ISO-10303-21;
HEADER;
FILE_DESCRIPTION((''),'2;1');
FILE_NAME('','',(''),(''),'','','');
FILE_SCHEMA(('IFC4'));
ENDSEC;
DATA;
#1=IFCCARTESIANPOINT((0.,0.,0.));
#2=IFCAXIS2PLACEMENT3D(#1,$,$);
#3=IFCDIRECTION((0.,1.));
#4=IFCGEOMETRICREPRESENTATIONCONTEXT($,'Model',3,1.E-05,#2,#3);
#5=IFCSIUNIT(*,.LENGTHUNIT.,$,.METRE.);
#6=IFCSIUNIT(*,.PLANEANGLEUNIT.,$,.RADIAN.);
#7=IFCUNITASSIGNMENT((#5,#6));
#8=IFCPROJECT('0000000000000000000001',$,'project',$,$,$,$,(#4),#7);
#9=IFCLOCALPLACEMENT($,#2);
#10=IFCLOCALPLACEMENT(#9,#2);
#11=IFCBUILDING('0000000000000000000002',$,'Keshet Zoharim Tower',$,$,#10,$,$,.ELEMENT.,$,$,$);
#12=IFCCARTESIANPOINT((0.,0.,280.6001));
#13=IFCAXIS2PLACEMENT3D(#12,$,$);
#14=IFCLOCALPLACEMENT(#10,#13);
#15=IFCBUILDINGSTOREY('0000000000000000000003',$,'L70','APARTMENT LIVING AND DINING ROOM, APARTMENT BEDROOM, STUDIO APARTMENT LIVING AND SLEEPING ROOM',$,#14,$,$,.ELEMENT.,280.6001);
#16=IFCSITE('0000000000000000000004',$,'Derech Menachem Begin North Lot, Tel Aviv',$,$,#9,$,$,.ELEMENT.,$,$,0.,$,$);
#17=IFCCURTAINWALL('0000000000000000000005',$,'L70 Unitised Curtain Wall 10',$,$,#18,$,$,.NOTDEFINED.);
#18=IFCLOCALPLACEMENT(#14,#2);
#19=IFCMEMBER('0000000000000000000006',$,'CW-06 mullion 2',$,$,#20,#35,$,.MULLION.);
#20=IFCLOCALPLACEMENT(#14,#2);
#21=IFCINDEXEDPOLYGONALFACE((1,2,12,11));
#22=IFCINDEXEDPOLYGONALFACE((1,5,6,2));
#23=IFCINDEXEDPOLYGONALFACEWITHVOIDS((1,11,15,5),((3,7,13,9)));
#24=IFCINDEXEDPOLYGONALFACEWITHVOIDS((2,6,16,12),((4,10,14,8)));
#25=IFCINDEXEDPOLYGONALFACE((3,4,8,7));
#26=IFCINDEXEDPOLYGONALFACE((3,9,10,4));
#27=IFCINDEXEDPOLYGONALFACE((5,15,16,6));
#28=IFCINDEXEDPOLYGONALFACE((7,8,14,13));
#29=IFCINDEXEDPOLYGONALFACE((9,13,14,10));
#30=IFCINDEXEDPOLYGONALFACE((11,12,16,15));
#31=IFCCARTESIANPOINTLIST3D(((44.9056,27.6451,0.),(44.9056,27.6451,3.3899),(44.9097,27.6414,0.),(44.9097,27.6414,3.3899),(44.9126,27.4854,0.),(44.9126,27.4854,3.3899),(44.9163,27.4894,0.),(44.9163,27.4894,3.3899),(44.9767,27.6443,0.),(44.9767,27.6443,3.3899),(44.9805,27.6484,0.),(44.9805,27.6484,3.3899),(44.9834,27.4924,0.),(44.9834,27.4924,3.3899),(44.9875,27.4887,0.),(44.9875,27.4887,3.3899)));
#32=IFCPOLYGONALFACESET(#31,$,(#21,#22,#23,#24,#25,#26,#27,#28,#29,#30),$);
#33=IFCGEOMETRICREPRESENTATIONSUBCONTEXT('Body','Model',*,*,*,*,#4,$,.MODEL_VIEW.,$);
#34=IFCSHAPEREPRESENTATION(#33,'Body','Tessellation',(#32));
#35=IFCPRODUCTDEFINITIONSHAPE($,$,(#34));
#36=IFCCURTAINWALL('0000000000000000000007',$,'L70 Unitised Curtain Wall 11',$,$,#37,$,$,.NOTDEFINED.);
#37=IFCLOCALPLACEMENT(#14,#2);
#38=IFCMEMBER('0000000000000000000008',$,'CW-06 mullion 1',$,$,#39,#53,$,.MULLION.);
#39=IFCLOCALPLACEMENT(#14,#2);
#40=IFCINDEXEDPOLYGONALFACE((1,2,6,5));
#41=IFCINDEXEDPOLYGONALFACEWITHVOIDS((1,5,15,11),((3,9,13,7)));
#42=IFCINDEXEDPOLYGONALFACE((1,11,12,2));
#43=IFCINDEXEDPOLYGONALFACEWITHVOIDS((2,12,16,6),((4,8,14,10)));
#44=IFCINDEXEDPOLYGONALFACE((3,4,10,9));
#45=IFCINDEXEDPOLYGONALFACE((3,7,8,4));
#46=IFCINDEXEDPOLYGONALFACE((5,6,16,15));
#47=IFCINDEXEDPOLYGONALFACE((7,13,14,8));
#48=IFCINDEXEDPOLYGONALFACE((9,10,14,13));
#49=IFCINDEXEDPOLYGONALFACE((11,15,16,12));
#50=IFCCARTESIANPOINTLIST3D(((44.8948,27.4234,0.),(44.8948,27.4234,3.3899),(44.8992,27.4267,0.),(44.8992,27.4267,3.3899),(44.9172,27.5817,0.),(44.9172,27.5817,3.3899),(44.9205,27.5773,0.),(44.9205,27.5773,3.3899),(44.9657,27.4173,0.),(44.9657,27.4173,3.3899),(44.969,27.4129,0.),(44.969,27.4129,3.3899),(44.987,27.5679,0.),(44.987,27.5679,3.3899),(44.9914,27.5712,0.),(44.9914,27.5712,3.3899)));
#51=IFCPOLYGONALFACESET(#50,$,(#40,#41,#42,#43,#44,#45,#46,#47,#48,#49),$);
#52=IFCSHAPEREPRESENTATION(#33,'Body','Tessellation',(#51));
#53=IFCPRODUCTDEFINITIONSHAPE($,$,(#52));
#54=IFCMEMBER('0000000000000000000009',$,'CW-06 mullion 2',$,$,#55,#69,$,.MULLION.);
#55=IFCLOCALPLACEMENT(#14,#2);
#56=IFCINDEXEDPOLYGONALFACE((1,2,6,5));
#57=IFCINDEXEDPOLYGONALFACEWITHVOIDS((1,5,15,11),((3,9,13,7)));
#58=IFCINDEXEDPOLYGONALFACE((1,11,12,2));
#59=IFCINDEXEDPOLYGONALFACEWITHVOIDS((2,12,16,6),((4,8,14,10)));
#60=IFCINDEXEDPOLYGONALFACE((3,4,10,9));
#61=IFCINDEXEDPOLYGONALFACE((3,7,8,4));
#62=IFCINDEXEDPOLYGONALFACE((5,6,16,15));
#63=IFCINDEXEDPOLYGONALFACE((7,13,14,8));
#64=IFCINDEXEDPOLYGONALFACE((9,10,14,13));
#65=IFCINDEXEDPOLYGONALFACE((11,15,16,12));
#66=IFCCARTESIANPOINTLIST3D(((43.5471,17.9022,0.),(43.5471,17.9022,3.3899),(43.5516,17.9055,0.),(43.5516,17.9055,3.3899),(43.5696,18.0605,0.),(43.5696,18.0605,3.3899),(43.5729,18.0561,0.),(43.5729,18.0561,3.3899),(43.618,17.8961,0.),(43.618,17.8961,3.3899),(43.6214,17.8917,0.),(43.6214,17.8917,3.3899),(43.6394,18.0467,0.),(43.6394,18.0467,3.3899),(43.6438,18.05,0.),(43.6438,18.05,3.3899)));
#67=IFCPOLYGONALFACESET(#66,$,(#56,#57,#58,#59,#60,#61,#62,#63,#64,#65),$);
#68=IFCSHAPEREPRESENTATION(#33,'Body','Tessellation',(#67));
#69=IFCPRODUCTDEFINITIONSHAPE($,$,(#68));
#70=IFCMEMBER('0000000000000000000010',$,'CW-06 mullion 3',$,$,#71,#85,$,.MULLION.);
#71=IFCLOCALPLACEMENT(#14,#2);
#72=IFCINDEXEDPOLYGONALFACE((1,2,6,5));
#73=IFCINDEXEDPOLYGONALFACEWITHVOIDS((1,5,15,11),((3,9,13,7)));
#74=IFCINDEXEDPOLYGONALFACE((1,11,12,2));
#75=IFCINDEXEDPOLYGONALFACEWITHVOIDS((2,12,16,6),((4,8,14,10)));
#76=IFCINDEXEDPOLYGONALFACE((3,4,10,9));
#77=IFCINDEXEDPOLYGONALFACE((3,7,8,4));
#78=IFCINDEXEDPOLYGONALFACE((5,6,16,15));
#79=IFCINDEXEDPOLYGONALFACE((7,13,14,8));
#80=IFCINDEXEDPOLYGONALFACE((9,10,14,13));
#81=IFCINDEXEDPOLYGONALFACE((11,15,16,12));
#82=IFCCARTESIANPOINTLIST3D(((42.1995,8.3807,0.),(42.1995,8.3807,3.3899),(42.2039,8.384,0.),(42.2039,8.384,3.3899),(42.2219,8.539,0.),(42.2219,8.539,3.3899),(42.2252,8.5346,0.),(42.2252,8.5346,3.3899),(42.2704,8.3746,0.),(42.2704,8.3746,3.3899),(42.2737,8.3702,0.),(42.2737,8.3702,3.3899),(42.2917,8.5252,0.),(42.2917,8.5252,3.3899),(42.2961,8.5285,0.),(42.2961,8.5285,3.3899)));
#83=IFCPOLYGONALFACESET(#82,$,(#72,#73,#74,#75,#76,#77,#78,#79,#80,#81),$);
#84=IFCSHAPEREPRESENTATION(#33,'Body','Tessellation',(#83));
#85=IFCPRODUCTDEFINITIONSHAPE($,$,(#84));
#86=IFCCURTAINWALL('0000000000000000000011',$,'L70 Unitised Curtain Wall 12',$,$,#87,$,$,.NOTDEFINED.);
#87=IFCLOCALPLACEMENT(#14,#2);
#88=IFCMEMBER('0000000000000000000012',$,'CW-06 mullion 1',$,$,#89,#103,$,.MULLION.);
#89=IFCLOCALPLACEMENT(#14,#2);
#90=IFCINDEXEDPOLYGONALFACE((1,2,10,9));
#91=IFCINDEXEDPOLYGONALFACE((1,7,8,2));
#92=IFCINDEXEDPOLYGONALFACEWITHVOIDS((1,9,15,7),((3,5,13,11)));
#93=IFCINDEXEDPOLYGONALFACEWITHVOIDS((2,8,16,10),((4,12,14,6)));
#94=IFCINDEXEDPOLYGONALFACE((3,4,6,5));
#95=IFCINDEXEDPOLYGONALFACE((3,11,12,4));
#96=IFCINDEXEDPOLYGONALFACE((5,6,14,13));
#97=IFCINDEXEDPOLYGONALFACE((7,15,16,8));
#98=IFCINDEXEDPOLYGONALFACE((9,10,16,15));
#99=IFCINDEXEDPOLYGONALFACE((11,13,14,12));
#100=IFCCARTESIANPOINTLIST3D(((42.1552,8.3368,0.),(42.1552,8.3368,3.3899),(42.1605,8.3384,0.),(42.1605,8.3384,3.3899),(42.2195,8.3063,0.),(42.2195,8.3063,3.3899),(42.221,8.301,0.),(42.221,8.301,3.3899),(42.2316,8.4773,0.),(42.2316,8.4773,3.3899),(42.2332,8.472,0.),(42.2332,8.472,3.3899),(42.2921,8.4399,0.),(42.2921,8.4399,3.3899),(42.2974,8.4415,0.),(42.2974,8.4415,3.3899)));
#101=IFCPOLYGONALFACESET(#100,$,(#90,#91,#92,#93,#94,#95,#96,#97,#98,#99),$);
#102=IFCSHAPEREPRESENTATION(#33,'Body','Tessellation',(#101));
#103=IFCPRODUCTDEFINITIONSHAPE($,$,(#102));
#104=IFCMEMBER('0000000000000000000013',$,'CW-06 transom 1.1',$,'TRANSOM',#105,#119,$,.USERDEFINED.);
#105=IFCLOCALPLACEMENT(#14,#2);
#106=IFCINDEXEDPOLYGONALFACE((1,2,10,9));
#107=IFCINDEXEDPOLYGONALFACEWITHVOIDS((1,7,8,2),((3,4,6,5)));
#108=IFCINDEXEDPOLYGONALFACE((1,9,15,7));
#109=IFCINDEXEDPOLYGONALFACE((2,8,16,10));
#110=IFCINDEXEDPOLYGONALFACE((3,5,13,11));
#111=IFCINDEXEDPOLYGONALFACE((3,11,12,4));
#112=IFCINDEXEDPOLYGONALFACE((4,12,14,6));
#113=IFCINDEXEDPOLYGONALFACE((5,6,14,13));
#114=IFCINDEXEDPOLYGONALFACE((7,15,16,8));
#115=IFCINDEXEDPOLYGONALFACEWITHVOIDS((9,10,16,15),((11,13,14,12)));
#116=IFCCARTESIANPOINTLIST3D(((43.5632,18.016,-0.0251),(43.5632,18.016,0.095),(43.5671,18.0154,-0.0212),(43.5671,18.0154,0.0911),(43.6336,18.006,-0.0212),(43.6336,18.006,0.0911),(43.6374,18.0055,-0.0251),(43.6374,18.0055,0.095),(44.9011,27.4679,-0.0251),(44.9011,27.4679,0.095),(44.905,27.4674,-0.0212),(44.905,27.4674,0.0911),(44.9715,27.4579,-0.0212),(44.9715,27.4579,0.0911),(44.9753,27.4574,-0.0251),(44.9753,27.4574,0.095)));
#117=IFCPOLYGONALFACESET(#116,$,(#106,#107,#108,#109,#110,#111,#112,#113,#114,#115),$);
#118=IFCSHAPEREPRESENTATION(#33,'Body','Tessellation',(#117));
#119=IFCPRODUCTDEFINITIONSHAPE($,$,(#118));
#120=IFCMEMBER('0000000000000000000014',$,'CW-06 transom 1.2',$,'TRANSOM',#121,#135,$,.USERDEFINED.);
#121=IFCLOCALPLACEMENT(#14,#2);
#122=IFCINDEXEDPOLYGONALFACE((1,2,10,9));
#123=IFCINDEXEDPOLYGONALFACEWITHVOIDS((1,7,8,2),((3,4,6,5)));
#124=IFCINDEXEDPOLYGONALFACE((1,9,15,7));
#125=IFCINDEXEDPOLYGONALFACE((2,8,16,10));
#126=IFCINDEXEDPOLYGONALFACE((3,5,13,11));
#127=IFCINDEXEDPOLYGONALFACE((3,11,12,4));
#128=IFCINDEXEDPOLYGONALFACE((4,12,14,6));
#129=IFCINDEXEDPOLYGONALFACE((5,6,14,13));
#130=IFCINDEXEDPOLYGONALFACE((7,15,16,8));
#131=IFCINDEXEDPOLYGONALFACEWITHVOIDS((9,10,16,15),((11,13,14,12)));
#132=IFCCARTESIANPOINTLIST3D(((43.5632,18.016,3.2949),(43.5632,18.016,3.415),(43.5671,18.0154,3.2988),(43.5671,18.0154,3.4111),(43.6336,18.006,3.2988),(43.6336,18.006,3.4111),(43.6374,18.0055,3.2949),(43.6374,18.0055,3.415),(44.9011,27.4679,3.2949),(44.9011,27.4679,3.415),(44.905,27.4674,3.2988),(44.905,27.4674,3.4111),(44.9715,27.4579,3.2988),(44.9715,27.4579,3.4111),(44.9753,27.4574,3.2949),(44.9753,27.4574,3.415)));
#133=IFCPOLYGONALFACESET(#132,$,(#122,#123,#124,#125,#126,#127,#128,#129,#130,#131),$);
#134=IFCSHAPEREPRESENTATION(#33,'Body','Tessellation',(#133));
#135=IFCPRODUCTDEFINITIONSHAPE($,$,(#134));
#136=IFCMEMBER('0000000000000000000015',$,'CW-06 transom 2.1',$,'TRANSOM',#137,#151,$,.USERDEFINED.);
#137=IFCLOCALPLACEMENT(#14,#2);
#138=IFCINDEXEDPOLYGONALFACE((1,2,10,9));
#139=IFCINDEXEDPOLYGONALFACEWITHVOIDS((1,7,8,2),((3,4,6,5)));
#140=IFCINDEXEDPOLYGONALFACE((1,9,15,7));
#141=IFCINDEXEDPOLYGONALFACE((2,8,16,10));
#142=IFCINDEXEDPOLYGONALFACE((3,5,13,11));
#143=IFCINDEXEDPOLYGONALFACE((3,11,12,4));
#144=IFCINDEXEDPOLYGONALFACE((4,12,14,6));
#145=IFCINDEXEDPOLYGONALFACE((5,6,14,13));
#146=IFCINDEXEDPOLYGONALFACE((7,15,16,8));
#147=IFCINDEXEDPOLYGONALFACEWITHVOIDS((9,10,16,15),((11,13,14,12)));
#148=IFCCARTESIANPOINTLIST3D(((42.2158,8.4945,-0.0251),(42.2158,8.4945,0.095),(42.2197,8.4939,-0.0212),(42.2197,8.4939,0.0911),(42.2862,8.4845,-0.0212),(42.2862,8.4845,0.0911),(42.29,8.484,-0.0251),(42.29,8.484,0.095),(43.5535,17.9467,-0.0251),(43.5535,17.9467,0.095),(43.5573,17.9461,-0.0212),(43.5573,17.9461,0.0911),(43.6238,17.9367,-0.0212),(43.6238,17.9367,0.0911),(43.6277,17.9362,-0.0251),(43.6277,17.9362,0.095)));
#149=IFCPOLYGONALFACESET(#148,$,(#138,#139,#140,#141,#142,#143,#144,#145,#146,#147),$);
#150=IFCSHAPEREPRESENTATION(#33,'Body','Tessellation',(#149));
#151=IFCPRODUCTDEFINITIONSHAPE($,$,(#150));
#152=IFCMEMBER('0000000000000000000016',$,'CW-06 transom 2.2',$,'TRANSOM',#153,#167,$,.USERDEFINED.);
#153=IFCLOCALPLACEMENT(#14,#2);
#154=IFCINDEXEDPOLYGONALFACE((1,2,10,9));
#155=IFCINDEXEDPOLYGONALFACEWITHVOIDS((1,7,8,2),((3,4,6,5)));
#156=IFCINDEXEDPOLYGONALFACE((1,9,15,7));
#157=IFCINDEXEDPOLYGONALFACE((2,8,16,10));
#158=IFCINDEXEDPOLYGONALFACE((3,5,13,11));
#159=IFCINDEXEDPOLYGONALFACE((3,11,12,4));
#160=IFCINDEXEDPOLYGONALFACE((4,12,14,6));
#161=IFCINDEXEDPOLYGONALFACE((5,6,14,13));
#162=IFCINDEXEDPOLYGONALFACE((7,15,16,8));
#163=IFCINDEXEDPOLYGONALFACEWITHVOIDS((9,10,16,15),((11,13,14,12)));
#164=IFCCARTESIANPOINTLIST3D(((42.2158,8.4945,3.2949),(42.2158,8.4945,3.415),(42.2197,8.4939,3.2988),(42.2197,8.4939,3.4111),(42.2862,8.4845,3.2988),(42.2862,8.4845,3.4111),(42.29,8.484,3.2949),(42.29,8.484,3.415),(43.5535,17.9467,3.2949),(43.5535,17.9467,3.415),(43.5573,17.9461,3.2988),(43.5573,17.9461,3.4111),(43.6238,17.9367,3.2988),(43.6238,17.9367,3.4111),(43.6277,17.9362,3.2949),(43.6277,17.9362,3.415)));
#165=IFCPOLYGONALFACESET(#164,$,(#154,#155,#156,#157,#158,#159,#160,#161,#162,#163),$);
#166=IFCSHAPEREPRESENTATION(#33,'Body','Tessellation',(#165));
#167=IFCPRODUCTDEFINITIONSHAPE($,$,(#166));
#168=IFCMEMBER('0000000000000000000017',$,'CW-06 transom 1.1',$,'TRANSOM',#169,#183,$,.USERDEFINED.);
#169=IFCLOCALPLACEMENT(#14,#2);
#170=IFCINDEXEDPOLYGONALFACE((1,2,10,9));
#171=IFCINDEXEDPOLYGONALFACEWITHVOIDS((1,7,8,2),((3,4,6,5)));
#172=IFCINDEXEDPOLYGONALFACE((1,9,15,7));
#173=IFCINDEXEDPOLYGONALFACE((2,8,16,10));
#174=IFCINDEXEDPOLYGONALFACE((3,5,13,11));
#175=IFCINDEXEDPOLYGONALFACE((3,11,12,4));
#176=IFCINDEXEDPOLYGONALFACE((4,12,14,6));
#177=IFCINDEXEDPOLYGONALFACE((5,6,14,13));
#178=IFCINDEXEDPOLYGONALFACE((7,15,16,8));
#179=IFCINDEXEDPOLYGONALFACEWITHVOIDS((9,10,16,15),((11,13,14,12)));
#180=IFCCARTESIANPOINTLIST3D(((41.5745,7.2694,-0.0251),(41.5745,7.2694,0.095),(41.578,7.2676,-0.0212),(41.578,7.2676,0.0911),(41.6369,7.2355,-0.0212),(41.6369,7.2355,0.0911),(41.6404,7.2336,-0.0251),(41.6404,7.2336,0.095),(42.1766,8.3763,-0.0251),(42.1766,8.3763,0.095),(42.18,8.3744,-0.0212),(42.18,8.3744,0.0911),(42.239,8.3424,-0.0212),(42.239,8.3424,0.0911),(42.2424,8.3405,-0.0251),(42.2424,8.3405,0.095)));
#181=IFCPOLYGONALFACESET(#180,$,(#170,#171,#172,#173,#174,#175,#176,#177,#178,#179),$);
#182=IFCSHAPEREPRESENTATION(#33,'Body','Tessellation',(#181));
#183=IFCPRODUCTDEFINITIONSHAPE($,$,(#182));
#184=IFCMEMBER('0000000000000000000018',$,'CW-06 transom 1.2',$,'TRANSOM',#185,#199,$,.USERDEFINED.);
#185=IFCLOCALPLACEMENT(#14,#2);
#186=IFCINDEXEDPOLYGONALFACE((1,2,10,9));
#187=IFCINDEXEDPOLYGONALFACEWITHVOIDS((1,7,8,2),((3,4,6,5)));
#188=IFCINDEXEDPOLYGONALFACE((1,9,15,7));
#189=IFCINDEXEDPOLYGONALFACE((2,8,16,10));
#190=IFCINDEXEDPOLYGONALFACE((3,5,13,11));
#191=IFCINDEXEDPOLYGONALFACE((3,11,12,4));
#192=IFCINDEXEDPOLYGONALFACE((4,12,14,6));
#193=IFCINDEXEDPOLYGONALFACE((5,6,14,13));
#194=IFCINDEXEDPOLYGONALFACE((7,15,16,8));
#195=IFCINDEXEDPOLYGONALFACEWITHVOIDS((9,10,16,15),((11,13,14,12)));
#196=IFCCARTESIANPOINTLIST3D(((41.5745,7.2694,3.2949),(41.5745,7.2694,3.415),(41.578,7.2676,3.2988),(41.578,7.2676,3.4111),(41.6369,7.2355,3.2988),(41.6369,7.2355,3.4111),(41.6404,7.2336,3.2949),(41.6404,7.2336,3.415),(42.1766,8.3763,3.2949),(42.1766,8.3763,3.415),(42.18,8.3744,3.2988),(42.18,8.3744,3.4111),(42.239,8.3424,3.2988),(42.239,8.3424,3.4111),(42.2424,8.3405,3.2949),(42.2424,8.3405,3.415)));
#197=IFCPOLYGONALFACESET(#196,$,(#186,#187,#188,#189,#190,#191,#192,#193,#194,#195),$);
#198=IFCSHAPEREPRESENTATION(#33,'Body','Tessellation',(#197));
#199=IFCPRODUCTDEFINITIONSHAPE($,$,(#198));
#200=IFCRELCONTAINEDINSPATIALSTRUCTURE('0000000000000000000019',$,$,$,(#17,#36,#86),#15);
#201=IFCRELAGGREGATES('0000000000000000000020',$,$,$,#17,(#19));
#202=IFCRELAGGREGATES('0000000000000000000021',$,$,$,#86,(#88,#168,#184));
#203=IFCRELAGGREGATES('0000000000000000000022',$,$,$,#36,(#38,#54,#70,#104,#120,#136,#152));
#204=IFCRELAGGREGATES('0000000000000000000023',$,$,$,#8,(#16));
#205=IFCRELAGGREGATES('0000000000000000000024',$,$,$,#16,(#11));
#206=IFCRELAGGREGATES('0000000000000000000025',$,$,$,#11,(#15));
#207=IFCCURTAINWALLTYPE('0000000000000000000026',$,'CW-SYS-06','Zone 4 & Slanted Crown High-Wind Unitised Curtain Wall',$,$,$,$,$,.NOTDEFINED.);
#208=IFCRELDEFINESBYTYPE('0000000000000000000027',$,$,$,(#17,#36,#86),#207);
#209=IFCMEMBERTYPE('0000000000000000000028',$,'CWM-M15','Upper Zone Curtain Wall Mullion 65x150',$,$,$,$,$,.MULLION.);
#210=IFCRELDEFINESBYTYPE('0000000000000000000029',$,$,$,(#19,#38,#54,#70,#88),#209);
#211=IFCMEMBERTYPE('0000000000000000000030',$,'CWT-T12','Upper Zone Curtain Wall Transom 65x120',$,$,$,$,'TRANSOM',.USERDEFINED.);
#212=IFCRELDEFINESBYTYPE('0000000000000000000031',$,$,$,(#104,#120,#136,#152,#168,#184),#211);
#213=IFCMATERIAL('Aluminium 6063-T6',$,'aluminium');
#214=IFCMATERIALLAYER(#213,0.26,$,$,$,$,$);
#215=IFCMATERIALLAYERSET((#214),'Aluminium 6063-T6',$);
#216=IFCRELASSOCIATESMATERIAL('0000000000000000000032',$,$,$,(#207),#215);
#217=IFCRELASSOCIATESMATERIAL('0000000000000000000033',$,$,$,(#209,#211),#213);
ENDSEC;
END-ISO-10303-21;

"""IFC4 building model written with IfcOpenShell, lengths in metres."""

from ifc_helpers import new_model, si_unit, direction, frame, origin, origin_2d, place, context, subcontext, project, spatial, hollow_rectangle, extrude, material, layer, layer_set, material_profile, profile_set, type_object, element, aggregate, save


model = new_model("IFC4")

# Units and contexts
model_context = context("Model", 3, precision=1e-05, world=origin(), true_north=direction((0.0, 1.0)))
body_context = subcontext(model_context, "Body", "Model", "MODEL_VIEW")
ifc_project = project(units=[si_unit("LENGTHUNIT", "METRE"), si_unit("PLANEANGLEUNIT", "RADIAN")], contexts=[model_context])

# Site, building, storey
site_placement = place(None, origin())
site = spatial("IfcSite", under=ifc_project, at=site_placement, Name="Derech Menachem Begin North Lot, Tel Aviv", CompositionType="ELEMENT", RefElevation=0.0)
building_placement = place(site_placement, origin())
building = spatial("IfcBuilding", under=site, at=building_placement, Name="Keshet Zoharim Tower", CompositionType="ELEMENT")
storey_placement = place(building_placement, frame((0.0, 0.0, 280.6001)))
storey = spatial("IfcBuildingStorey", under=building, at=storey_placement, Name="L70", Description="APARTMENT LIVING AND DINING ROOM, APARTMENT BEDROOM, STUDIO APARTMENT LIVING AND SLEEPING ROOM", CompositionType="ELEMENT", Elevation=280.6001)

# Curtain wall, member
ifc_material_1 = material(Name="Aluminium 6063-T6", Category="aluminium")
ifc_layer_1 = layer(ifc_material_1, 0.26)
ifc_layer_set_1 = layer_set([ifc_layer_1], Name="Aluminium 6063-T6")
curtain_wall_type = type_object("IfcCurtainWallType", Name="CW-SYS-06", Description="Zone 4 & Slanted Crown High-Wind Unitised Curtain Wall", PredefinedType="NOTDEFINED", material=ifc_layer_set_1)
curtain_wall_1_placement = place(storey_placement, origin())
curtain_wall_1 = element("IfcCurtainWall", 1, at=curtain_wall_1_placement, inside=storey, type_object=curtain_wall_type, Name="L70 Unitised Curtain Wall 10", PredefinedType="NOTDEFINED")
ifc_material_profile_1 = material_profile(ifc_material_1, hollow_rectangle(XDim=0.075, YDim=0.1599, WallThickness=0.0039, at=origin_2d()), Name="MUL-75x160")
ifc_profile_set_1 = profile_set([ifc_material_profile_1], Name="Aluminium 6063-T6")
member_type_1 = type_object("IfcMemberType", Name="CWM-M15", Description="Upper Zone Curtain Wall Mullion 65x150", PredefinedType="MULLION", material=ifc_profile_set_1)
member_1_placement = place(storey_placement, frame((44.9465, 27.5669, 0.0), z_axis=(0.0, 0.0, 1.0), x_axis=(0.999041, 0.043794, 0.0)))
member_1 = element("IfcMember", 2, at=member_1_placement, type_object=member_type_1, Name="CW-06 mullion 2", PredefinedType="MULLION", context=body_context, shape_type="SweptSolid", body=[
    extrude(hollow_rectangle(XDim=0.075, YDim=0.1599, WallThickness=0.0039, at=origin_2d()), origin(), (0.0, 0.0, 1.0), 3.3899),
])
aggregate(curtain_wall_1, [member_1])

# Curtain wall, members
curtain_wall_2_placement = place(storey_placement, origin())
curtain_wall_2 = element("IfcCurtainWall", 3, at=curtain_wall_2_placement, inside=storey, type_object=curtain_wall_type, Name="L70 Unitised Curtain Wall 11", PredefinedType="NOTDEFINED")
member_2_placement = place(storey_placement, frame((44.9431, 27.4973, 0.0), z_axis=(0.0, 0.0, 1.0), x_axis=(0.990132, -0.140137, 0.0)))
member_2 = element("IfcMember", 4, at=member_2_placement, type_object=member_type_1, Name="CW-06 mullion 1", PredefinedType="MULLION", context=body_context, shape_type="SweptSolid", body=[
    extrude(hollow_rectangle(XDim=0.075, YDim=0.1599, WallThickness=0.0039, at=origin_2d()), origin(), (0.0, 0.0, 1.0), 3.3899),
])
member_3_placement = place(storey_placement, frame((43.5955, 17.9761, 0.0), z_axis=(0.0, 0.0, 1.0), x_axis=(0.990132, -0.140137, 0.0)))
member_3 = element("IfcMember", 5, at=member_3_placement, type_object=member_type_1, Name="CW-06 mullion 2", PredefinedType="MULLION", context=body_context, shape_type="SweptSolid", body=[
    extrude(hollow_rectangle(XDim=0.075, YDim=0.1599, WallThickness=0.0039, at=origin_2d()), origin(), (0.0, 0.0, 1.0), 3.3899),
])
member_4_placement = place(storey_placement, frame((42.2478, 8.4546, 0.0), z_axis=(0.0, 0.0, 1.0), x_axis=(0.990132, -0.140137, 0.0)))
member_4 = element("IfcMember", 6, at=member_4_placement, type_object=member_type_1, Name="CW-06 mullion 3", PredefinedType="MULLION", context=body_context, shape_type="SweptSolid", body=[
    extrude(hollow_rectangle(XDim=0.075, YDim=0.1599, WallThickness=0.0039, at=origin_2d()), origin(), (0.0, 0.0, 1.0), 3.3899),
])

# Curtain wall, member
curtain_wall_3_placement = place(storey_placement, origin())
curtain_wall_3 = element("IfcCurtainWall", 7, at=curtain_wall_3_placement, inside=storey, type_object=curtain_wall_type, Name="L70 Unitised Curtain Wall 12", PredefinedType="NOTDEFINED")
member_5_placement = place(storey_placement, frame((42.2263, 8.3892, 0.0), z_axis=(0.0, 0.0, 1.0), x_axis=(0.878468, -0.477801, 0.0)))
member_5 = element("IfcMember", 8, at=member_5_placement, type_object=member_type_1, Name="CW-06 mullion 1", PredefinedType="MULLION", context=body_context, shape_type="SweptSolid", body=[
    extrude(hollow_rectangle(XDim=0.075, YDim=0.1599, WallThickness=0.0039, at=origin_2d()), origin(), (0.0, 0.0, 1.0), 3.3899),
])

# Members
ifc_material_profile_2 = material_profile(ifc_material_1, hollow_rectangle(XDim=0.075, YDim=0.1201, WallThickness=0.0039, at=origin_2d()), Name="TRN-75x120")
ifc_profile_set_2 = profile_set([ifc_material_profile_2], Name="Aluminium 6063-T6")
member_type_2 = type_object("IfcMemberType", Name="CWT-T12", Description="Upper Zone Curtain Wall Transom 65x120", ElementType="TRANSOM", PredefinedType="USERDEFINED", material=ifc_profile_set_2)
member_6_placement = place(storey_placement, frame((44.9382, 27.4626, 0.0349), z_axis=(-0.14015, -0.99013, 0.0), x_axis=(0.99013, -0.14015, 0.0)))
member_6 = element("IfcMember", 9, at=member_6_placement, type_object=member_type_2, Name="CW-06 transom 1.1", ObjectType="TRANSOM", PredefinedType="USERDEFINED", context=body_context, shape_type="SweptSolid", body=[
    extrude(hollow_rectangle(XDim=0.075, YDim=0.1201, WallThickness=0.0039, at=origin_2d()), origin(), (0.0, 0.0, 1.0), 9.5461),
])
member_7_placement = place(storey_placement, frame((44.9382, 27.4626, 3.355), z_axis=(-0.14015, -0.99013, 0.0), x_axis=(0.99013, -0.14015, 0.0)))
member_7 = element("IfcMember", 10, at=member_7_placement, type_object=member_type_2, Name="CW-06 transom 1.2", ObjectType="TRANSOM", PredefinedType="USERDEFINED", context=body_context, shape_type="SweptSolid", body=[
    extrude(hollow_rectangle(XDim=0.075, YDim=0.1201, WallThickness=0.0039, at=origin_2d()), origin(), (0.0, 0.0, 1.0), 9.5461),
])
member_8_placement = place(storey_placement, frame((43.5906, 17.9414, 0.0349), z_axis=(-0.140122, -0.990134, 0.0), x_axis=(0.990134, -0.140122, 0.0)))
member_8 = element("IfcMember", 11, at=member_8_placement, type_object=member_type_2, Name="CW-06 transom 2.1", ObjectType="TRANSOM", PredefinedType="USERDEFINED", context=body_context, shape_type="SweptSolid", body=[
    extrude(hollow_rectangle(XDim=0.075, YDim=0.1201, WallThickness=0.0039, at=origin_2d()), origin(), (0.0, 0.0, 1.0), 9.5464),
])
member_9_placement = place(storey_placement, frame((43.5906, 17.9414, 3.355), z_axis=(-0.140122, -0.990134, 0.0), x_axis=(0.990134, -0.140122, 0.0)))
member_9 = element("IfcMember", 12, at=member_9_placement, type_object=member_type_2, Name="CW-06 transom 2.2", ObjectType="TRANSOM", PredefinedType="USERDEFINED", context=body_context, shape_type="SweptSolid", body=[
    extrude(hollow_rectangle(XDim=0.075, YDim=0.1201, WallThickness=0.0039, at=origin_2d()), origin(), (0.0, 0.0, 1.0), 9.5464),
])
member_10_placement = place(storey_placement, frame((42.2095, 8.3584, 0.0349), z_axis=(-0.477793, -0.878472, 0.0), x_axis=(0.878472, -0.477793, 0.0)))
member_10 = element("IfcMember", 13, at=member_10_placement, type_object=member_type_2, Name="CW-06 transom 1.1", ObjectType="TRANSOM", PredefinedType="USERDEFINED", context=body_context, shape_type="SweptSolid", body=[
    extrude(hollow_rectangle(XDim=0.075, YDim=0.1201, WallThickness=0.0039, at=origin_2d()), origin(), (0.0, 0.0, 1.0), 1.26),
])
member_11_placement = place(storey_placement, frame((42.2095, 8.3584, 3.355), z_axis=(-0.477793, -0.878472, 0.0), x_axis=(0.878472, -0.477793, 0.0)))
member_11 = element("IfcMember", 14, at=member_11_placement, type_object=member_type_2, Name="CW-06 transom 1.2", ObjectType="TRANSOM", PredefinedType="USERDEFINED", context=body_context, shape_type="SweptSolid", body=[
    extrude(hollow_rectangle(XDim=0.075, YDim=0.1201, WallThickness=0.0039, at=origin_2d()), origin(), (0.0, 0.0, 1.0), 1.26),
])
aggregate(curtain_wall_3, [member_5, member_10, member_11])

aggregate(curtain_wall_2, [member_2, member_3, member_4, member_6, member_7, member_8, member_9])

save(model, "model.ifc")
